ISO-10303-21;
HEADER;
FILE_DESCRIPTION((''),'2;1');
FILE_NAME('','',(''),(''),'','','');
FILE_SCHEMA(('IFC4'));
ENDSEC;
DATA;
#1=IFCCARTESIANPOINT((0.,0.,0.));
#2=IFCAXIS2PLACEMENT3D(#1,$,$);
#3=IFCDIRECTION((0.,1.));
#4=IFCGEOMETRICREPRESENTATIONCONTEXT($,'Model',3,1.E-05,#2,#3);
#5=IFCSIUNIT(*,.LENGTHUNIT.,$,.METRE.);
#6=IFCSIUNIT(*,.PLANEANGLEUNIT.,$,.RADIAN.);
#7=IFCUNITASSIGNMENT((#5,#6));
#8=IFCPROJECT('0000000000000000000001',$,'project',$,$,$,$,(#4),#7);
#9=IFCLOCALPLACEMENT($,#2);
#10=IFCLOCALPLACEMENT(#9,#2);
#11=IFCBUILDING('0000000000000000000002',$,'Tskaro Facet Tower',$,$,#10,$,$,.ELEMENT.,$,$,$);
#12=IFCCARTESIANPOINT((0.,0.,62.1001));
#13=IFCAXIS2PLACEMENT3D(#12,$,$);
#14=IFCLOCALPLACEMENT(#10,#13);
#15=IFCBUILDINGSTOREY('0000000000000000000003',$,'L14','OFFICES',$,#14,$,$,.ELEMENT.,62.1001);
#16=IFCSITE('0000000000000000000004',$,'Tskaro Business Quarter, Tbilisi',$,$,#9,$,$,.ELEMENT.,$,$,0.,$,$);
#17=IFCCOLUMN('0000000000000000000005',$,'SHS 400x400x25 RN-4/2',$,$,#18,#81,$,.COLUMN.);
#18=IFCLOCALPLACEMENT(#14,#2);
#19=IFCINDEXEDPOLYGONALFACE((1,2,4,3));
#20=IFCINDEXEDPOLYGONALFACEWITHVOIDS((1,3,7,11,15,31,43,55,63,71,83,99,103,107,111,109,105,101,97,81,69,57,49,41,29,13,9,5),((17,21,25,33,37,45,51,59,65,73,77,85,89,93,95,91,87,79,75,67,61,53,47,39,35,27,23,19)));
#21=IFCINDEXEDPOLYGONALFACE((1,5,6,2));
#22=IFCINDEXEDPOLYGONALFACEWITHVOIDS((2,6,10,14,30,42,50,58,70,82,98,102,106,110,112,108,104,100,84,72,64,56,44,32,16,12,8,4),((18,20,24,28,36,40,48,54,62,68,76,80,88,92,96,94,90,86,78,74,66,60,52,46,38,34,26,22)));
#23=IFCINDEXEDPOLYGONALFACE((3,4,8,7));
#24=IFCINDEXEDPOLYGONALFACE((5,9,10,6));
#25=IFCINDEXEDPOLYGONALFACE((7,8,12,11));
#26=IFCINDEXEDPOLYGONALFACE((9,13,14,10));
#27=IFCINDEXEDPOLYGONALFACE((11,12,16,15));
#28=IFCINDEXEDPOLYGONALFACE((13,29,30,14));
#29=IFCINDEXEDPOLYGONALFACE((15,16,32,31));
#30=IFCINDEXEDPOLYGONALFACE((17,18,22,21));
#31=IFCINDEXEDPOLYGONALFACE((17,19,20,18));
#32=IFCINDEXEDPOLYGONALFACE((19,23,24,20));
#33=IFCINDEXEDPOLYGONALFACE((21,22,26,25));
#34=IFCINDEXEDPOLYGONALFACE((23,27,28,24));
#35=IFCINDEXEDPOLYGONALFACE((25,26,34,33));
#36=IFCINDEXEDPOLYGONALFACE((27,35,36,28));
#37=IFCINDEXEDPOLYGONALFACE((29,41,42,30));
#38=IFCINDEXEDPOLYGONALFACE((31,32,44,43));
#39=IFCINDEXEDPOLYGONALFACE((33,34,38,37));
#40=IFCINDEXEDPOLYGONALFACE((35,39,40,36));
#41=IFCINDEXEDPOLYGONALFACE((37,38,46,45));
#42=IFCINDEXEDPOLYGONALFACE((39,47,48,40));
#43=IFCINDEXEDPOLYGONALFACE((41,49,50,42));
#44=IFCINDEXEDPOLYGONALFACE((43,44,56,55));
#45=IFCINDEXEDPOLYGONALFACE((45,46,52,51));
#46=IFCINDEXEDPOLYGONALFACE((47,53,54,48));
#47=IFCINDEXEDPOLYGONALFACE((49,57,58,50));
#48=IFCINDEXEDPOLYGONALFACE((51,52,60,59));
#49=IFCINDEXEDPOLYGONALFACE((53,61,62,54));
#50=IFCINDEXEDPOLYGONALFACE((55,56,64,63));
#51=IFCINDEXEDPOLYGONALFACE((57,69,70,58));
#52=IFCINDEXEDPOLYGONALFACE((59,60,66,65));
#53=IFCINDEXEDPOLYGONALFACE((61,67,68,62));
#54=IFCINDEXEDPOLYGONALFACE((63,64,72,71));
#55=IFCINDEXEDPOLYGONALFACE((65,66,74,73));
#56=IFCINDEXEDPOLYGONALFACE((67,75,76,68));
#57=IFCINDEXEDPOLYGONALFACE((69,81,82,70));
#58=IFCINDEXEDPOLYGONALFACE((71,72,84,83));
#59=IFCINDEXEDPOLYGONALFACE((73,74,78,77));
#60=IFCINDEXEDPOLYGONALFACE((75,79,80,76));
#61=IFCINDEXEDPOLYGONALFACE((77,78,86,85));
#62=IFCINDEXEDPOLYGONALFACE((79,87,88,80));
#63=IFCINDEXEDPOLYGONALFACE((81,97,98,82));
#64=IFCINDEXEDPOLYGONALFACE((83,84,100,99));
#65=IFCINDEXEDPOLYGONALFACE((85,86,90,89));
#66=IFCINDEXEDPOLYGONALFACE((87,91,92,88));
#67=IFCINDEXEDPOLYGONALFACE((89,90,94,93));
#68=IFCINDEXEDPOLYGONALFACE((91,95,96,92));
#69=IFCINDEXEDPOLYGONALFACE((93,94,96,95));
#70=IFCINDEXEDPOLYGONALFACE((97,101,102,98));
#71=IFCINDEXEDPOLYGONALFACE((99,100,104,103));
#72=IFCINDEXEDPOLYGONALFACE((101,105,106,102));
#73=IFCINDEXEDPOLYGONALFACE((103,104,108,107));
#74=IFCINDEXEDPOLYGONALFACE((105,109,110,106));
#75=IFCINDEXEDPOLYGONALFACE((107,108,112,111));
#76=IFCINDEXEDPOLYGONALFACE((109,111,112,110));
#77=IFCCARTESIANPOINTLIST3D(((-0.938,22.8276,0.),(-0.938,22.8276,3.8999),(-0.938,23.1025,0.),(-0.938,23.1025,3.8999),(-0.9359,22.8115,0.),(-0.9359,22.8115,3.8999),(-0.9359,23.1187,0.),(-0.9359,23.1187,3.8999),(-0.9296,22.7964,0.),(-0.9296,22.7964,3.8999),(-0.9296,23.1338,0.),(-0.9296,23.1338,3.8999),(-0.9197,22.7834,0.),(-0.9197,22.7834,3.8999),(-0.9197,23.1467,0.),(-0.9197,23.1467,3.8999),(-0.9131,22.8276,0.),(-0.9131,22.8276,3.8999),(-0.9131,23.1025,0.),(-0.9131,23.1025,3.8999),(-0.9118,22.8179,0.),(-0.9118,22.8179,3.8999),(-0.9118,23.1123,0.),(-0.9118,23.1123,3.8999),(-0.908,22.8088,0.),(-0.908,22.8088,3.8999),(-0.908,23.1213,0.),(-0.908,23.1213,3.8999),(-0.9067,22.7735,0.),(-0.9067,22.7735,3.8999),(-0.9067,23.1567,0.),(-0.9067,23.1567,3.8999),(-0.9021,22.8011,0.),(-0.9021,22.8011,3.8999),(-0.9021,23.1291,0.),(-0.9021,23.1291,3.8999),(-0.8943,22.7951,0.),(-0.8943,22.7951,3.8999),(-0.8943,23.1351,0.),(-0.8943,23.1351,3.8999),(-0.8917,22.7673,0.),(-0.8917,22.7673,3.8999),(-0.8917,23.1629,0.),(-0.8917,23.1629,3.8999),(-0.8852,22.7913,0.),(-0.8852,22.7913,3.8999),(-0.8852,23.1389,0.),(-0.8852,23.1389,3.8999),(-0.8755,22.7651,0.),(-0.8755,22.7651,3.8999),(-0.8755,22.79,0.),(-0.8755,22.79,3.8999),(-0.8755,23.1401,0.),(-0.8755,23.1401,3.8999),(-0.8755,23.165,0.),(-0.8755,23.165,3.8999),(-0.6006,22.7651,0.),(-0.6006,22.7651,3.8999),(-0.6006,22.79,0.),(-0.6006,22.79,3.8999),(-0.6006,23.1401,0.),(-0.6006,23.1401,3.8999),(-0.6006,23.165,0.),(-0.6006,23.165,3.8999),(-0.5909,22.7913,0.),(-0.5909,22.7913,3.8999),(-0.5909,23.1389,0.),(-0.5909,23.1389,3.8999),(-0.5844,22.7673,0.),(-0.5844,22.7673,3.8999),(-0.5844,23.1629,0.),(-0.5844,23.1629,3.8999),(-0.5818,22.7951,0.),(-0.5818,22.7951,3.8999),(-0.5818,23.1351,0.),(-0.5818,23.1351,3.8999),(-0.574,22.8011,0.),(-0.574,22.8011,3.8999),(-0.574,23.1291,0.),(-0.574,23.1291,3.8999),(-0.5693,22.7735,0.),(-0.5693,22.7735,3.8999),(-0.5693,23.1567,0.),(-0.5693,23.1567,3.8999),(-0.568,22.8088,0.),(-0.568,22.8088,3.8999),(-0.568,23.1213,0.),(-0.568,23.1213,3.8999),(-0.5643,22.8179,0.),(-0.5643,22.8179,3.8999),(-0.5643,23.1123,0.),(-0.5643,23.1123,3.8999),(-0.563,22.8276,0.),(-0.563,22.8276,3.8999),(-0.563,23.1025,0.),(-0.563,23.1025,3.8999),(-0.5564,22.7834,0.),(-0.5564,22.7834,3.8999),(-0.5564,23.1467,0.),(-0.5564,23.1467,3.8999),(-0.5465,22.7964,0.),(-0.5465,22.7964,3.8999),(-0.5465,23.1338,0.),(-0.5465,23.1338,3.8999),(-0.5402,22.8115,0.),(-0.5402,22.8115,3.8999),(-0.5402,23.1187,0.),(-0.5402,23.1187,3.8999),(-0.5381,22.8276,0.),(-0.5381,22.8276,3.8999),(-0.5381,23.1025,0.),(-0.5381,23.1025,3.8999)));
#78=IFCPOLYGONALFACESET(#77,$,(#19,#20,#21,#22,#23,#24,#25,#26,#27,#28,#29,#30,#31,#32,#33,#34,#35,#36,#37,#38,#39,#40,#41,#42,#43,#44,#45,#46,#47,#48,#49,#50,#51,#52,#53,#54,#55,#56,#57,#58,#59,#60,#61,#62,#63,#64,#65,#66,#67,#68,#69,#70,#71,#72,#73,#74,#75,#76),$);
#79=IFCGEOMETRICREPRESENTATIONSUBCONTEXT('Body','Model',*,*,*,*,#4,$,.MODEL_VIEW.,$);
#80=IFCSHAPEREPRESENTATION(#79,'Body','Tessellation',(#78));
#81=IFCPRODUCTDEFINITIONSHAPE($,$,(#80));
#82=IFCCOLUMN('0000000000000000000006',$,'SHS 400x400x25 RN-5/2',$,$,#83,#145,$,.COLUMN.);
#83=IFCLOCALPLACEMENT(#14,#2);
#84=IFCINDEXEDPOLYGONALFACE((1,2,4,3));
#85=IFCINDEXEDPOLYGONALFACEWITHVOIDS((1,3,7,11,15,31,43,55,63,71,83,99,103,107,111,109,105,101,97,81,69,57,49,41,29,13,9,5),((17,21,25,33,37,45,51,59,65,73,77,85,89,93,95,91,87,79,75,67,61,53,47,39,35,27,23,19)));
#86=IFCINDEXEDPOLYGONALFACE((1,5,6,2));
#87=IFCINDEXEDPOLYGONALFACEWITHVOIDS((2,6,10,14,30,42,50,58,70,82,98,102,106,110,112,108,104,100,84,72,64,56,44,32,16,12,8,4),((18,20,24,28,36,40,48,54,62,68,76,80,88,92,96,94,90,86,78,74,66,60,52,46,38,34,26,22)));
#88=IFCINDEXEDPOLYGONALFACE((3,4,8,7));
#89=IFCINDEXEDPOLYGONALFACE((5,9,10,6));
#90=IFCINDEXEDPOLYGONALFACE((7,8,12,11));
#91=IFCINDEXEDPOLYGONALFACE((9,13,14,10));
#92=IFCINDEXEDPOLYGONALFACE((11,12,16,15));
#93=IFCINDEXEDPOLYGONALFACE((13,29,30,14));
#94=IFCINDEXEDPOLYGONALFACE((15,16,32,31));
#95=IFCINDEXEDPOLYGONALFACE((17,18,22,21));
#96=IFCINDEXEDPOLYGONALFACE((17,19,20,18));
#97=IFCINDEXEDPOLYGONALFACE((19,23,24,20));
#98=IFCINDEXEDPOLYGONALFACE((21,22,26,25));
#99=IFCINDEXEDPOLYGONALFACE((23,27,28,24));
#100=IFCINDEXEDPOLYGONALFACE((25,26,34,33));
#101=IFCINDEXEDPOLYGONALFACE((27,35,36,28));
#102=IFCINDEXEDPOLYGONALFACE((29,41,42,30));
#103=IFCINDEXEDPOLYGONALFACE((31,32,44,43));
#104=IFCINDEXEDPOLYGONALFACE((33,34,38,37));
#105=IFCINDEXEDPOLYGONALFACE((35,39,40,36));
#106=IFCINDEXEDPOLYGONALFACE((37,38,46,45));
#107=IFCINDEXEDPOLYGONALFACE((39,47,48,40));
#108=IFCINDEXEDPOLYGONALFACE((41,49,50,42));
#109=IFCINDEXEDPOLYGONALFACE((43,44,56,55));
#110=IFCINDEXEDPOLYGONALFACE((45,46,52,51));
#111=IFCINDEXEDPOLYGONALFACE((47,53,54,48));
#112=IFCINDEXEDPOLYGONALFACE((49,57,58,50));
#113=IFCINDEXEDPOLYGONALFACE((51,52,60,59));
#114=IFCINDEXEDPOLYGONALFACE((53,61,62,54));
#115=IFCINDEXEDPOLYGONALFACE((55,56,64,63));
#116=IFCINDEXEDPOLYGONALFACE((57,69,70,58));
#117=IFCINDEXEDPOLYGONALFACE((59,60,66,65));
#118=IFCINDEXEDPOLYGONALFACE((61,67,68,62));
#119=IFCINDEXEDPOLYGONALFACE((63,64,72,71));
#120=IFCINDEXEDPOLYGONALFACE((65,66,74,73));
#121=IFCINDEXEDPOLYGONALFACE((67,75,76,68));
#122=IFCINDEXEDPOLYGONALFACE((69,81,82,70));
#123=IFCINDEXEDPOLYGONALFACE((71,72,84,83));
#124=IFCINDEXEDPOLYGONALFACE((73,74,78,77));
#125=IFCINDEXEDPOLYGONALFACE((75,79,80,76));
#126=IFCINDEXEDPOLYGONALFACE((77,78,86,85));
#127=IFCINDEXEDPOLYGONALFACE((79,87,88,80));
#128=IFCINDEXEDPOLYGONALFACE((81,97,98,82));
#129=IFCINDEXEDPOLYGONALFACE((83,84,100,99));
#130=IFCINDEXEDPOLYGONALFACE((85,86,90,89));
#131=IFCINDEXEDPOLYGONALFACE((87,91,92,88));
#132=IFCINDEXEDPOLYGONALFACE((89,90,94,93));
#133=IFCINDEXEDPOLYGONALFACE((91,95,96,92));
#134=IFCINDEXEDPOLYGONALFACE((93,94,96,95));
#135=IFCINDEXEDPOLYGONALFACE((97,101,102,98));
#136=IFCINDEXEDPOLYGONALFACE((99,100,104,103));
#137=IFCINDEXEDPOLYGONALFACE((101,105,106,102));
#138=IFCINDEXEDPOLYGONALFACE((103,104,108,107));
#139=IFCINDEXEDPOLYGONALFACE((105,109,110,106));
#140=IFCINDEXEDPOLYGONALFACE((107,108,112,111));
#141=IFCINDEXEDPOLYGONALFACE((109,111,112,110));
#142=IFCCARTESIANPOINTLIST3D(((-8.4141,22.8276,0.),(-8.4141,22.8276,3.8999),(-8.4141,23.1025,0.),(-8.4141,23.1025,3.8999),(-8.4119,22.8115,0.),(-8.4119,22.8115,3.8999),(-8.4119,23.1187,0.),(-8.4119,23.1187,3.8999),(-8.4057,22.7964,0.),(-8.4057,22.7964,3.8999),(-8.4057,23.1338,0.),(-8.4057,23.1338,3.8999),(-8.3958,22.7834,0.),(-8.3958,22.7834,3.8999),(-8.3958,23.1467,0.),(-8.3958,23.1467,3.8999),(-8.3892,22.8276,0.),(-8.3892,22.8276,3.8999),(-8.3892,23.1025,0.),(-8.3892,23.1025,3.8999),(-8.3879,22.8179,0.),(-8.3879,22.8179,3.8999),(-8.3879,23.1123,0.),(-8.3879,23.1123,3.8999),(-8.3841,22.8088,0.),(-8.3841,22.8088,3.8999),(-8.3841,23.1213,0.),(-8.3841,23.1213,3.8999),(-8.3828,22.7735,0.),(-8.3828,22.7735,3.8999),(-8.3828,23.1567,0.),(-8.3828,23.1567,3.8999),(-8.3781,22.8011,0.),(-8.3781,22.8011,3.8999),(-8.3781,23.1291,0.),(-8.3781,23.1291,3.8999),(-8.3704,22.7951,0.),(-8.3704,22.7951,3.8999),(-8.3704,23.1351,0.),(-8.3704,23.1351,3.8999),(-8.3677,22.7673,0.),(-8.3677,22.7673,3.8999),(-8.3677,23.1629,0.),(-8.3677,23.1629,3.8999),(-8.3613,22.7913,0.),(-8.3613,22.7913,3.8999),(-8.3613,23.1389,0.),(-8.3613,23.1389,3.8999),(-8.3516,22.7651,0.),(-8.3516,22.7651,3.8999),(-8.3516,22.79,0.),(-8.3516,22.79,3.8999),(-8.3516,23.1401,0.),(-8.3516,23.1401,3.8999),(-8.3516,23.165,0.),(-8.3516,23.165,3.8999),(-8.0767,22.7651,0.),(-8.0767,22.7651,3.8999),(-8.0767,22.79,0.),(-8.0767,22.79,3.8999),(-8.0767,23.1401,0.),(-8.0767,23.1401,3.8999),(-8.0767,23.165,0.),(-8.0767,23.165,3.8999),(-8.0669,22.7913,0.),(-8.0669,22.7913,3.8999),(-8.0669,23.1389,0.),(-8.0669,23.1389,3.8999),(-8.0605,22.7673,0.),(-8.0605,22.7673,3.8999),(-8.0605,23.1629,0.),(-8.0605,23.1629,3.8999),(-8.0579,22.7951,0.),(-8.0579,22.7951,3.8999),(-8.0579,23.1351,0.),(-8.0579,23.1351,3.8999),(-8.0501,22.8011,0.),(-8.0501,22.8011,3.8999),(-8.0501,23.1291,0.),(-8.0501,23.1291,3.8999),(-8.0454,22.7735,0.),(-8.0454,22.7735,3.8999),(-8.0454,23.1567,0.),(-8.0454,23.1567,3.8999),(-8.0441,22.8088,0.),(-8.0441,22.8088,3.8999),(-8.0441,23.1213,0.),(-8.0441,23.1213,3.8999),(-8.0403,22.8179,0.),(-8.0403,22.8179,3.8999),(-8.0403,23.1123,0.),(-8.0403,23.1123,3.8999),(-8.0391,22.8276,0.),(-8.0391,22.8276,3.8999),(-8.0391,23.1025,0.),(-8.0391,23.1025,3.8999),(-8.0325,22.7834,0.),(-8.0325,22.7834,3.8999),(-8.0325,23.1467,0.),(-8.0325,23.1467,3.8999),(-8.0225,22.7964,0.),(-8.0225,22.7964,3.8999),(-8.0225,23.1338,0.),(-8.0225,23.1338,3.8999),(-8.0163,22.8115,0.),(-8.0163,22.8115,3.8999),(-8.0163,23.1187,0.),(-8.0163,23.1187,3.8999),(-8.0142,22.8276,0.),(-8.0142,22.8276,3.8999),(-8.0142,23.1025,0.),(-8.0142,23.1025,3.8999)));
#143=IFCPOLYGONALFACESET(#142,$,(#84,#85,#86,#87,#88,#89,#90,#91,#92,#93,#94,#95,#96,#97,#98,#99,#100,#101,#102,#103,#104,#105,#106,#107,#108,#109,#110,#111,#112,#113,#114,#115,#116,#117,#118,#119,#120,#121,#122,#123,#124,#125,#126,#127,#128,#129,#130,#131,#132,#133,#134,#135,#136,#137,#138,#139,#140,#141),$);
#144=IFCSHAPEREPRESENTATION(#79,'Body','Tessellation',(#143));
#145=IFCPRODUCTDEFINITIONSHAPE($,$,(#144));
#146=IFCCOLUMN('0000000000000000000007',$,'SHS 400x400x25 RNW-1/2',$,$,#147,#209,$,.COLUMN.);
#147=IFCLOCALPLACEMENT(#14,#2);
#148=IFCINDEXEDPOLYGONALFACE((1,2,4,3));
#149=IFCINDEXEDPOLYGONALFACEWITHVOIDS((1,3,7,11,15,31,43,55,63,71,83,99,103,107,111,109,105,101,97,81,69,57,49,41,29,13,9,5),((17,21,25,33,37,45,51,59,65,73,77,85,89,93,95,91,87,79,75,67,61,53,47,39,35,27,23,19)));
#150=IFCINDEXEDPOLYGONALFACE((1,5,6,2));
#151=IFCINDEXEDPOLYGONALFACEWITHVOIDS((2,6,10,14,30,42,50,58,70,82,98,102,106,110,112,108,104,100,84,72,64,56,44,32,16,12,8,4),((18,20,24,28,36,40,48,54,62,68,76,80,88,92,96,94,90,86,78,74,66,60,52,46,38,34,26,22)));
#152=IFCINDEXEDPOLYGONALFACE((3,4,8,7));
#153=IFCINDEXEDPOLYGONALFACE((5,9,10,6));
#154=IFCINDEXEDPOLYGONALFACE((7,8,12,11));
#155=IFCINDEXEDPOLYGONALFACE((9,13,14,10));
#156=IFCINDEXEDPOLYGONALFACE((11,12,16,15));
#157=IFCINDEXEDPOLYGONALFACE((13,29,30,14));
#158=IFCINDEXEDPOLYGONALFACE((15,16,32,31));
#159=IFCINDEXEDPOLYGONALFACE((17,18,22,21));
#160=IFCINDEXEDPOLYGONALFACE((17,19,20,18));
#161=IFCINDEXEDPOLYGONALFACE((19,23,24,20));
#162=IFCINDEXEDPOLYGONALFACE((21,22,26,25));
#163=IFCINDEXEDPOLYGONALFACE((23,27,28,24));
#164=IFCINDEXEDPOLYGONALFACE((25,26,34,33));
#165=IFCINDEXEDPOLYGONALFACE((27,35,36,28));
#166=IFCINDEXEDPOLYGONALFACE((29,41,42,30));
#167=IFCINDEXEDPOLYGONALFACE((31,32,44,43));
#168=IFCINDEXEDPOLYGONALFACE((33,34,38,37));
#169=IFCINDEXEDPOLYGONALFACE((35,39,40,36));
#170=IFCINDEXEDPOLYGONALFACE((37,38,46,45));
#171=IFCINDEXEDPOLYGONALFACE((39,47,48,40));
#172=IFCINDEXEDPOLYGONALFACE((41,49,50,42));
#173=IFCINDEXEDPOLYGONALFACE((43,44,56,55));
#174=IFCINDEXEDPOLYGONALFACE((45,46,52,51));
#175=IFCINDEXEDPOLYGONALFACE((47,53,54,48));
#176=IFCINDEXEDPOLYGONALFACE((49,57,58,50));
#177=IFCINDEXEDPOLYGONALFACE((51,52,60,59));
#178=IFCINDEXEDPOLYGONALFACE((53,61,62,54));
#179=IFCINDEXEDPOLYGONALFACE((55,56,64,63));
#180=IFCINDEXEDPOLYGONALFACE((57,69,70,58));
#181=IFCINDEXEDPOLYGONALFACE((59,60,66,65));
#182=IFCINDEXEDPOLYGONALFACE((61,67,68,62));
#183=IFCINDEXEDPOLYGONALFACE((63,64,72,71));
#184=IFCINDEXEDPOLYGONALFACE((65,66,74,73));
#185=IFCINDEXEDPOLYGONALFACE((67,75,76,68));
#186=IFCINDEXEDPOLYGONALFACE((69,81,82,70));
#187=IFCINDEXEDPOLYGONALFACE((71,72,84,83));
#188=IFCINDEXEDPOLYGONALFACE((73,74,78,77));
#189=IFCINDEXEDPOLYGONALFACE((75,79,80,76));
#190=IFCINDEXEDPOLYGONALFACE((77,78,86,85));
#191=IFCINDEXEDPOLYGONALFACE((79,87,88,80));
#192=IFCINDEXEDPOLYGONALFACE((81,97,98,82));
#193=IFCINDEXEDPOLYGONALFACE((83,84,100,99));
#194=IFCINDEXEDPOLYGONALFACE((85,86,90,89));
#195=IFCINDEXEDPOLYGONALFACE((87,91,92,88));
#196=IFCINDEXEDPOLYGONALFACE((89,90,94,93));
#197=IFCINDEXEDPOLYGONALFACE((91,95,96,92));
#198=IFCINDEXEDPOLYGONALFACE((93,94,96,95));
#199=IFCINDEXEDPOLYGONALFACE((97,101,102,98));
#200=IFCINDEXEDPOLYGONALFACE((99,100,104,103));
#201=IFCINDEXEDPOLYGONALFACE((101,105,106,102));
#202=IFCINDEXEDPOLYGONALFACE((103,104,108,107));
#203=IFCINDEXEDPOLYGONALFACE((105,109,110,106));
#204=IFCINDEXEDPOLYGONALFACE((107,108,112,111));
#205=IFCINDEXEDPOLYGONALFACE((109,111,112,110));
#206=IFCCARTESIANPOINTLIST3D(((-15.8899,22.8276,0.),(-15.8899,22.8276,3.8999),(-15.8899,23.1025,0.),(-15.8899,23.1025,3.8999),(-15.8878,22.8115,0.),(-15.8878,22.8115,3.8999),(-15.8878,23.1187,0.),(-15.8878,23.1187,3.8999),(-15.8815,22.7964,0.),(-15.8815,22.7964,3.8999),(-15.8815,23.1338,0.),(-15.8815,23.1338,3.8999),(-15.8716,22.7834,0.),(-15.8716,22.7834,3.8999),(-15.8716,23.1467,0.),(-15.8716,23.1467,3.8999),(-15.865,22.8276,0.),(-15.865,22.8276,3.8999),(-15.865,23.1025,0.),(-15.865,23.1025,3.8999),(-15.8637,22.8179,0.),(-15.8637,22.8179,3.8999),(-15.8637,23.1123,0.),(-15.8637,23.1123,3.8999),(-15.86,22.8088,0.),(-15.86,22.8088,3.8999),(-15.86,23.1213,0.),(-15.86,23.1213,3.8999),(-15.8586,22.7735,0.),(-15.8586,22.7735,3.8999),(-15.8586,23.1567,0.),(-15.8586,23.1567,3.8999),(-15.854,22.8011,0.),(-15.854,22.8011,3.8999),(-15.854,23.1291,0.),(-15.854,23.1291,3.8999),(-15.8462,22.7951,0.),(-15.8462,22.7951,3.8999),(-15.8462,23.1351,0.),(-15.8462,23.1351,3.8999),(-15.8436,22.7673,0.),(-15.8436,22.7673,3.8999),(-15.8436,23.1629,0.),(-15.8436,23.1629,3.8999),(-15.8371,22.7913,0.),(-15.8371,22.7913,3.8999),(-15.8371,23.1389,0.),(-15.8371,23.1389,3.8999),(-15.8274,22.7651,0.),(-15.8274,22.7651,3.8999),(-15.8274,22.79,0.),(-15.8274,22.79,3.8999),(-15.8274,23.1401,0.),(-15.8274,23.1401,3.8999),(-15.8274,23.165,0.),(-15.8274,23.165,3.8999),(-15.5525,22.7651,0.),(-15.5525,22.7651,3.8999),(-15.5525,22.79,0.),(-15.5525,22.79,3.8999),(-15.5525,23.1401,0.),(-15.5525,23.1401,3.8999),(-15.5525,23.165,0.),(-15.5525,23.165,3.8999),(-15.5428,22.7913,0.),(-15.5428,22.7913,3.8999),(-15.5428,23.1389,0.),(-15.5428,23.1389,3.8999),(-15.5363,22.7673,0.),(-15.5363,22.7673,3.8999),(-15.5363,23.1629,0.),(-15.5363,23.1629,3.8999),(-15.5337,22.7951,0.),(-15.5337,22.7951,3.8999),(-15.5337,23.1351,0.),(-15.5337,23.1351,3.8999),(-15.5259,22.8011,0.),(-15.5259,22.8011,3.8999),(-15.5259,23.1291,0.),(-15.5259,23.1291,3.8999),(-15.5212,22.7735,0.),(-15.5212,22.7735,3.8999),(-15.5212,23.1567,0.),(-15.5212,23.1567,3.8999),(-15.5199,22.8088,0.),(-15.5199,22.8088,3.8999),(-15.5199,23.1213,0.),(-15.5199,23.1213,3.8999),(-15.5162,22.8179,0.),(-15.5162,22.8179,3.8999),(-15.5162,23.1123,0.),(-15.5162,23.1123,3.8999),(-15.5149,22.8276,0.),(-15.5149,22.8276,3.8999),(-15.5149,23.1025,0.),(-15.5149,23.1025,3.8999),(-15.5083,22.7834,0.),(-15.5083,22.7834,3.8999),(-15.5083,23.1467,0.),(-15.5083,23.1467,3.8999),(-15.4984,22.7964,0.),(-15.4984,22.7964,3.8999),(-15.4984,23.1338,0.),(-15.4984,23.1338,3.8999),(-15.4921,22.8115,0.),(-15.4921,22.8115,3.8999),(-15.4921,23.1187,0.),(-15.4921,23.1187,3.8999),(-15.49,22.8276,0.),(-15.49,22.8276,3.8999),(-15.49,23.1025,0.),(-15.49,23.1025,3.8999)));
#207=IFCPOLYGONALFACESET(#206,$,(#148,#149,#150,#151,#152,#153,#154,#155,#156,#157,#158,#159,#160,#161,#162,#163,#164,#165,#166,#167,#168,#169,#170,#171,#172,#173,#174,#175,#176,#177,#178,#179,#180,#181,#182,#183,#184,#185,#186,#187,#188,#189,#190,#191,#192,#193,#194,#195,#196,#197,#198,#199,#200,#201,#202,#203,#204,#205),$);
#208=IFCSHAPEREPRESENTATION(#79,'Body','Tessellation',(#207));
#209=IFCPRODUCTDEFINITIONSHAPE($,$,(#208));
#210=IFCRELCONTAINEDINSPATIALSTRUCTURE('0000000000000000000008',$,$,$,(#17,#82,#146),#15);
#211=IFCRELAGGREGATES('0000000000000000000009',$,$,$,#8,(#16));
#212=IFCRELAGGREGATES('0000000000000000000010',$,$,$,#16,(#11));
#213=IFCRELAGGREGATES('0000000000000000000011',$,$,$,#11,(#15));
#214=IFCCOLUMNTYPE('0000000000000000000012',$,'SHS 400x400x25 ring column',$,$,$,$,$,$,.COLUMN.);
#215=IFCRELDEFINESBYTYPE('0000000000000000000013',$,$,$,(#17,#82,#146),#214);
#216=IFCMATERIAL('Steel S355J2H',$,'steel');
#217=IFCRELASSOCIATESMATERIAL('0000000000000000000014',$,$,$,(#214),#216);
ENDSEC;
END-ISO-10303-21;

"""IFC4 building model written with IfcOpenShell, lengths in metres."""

from ifc_helpers import new_model, si_unit, direction, frame, origin, origin_2d, place, context, subcontext, project, spatial, hollow_rectangle, extrude, material, material_profile, profile_set, type_object, element, save


model = new_model("IFC4")

# Units and contexts
model_context = context("Model", 3, precision=1e-05, world=origin(), true_north=direction((0.0, 1.0)))
body_context = subcontext(model_context, "Body", "Model", "MODEL_VIEW")
ifc_project = project(units=[si_unit("LENGTHUNIT", "METRE"), si_unit("PLANEANGLEUNIT", "RADIAN")], contexts=[model_context])

# Site, building, storey
site_placement = place(None, origin())
site = spatial("IfcSite", under=ifc_project, at=site_placement, Name="Tskaro Business Quarter, Tbilisi", CompositionType="ELEMENT", RefElevation=0.0)
building_placement = place(site_placement, origin())
building = spatial("IfcBuilding", under=site, at=building_placement, Name="Tskaro Facet Tower", CompositionType="ELEMENT")
storey_placement = place(building_placement, frame((0.0, 0.0, 62.1001)))
storey = spatial("IfcBuildingStorey", under=building, at=storey_placement, Name="L14", Description="OFFICES", CompositionType="ELEMENT", Elevation=62.1001)

# Columns
ifc_material_1 = material(Name="Steel S355J2H", Category="steel")
ifc_material_profile_1 = material_profile(ifc_material_1, hollow_rectangle(XDim=0.3999, YDim=0.3999, WallThickness=0.0249, InnerFilletRadius=0.0376, OuterFilletRadius=0.0625, at=origin_2d()), Name="SHS 400x400x25")
ifc_profile_set_1 = profile_set([ifc_material_profile_1], Name="Steel S355J2H")
column_type_1 = type_object("IfcColumnType", Name="SHS 400x400x25 ring column", PredefinedType="COLUMN", material=ifc_profile_set_1)
for number, where, z_axis, x_axis, name in (
    (1, (-0.738, 22.9651, 0.0), (0.0, 0.0, 1.0), (1.0, 0.0, 0.0), "SHS 400x400x25 RN-4/2"),
    (2, (-8.2141, 22.9651, 0.0), (0.0, 0.0, 1.0), (1.0, 0.0, 0.0), "SHS 400x400x25 RN-5/2"),
    (3, (-15.6899, 22.9651, 0.0), (0.0, 0.0, 1.0), (1.0, 0.0, 0.0), "SHS 400x400x25 RNW-1/2"),
):
    element("IfcColumn", number, at=place(storey_placement, frame(where, z_axis=z_axis, x_axis=x_axis)), inside=storey, type_object=column_type_1, Name=name, PredefinedType="COLUMN", context=body_context, shape_type="SweptSolid", body=[
        extrude(hollow_rectangle(XDim=0.3999, YDim=0.3999, WallThickness=0.0249, InnerFilletRadius=0.0376, OuterFilletRadius=0.0625, at=origin_2d()), origin(), (0.0, 0.0, 1.0), 3.8999),
    ])

save(model, "model.ifc")
